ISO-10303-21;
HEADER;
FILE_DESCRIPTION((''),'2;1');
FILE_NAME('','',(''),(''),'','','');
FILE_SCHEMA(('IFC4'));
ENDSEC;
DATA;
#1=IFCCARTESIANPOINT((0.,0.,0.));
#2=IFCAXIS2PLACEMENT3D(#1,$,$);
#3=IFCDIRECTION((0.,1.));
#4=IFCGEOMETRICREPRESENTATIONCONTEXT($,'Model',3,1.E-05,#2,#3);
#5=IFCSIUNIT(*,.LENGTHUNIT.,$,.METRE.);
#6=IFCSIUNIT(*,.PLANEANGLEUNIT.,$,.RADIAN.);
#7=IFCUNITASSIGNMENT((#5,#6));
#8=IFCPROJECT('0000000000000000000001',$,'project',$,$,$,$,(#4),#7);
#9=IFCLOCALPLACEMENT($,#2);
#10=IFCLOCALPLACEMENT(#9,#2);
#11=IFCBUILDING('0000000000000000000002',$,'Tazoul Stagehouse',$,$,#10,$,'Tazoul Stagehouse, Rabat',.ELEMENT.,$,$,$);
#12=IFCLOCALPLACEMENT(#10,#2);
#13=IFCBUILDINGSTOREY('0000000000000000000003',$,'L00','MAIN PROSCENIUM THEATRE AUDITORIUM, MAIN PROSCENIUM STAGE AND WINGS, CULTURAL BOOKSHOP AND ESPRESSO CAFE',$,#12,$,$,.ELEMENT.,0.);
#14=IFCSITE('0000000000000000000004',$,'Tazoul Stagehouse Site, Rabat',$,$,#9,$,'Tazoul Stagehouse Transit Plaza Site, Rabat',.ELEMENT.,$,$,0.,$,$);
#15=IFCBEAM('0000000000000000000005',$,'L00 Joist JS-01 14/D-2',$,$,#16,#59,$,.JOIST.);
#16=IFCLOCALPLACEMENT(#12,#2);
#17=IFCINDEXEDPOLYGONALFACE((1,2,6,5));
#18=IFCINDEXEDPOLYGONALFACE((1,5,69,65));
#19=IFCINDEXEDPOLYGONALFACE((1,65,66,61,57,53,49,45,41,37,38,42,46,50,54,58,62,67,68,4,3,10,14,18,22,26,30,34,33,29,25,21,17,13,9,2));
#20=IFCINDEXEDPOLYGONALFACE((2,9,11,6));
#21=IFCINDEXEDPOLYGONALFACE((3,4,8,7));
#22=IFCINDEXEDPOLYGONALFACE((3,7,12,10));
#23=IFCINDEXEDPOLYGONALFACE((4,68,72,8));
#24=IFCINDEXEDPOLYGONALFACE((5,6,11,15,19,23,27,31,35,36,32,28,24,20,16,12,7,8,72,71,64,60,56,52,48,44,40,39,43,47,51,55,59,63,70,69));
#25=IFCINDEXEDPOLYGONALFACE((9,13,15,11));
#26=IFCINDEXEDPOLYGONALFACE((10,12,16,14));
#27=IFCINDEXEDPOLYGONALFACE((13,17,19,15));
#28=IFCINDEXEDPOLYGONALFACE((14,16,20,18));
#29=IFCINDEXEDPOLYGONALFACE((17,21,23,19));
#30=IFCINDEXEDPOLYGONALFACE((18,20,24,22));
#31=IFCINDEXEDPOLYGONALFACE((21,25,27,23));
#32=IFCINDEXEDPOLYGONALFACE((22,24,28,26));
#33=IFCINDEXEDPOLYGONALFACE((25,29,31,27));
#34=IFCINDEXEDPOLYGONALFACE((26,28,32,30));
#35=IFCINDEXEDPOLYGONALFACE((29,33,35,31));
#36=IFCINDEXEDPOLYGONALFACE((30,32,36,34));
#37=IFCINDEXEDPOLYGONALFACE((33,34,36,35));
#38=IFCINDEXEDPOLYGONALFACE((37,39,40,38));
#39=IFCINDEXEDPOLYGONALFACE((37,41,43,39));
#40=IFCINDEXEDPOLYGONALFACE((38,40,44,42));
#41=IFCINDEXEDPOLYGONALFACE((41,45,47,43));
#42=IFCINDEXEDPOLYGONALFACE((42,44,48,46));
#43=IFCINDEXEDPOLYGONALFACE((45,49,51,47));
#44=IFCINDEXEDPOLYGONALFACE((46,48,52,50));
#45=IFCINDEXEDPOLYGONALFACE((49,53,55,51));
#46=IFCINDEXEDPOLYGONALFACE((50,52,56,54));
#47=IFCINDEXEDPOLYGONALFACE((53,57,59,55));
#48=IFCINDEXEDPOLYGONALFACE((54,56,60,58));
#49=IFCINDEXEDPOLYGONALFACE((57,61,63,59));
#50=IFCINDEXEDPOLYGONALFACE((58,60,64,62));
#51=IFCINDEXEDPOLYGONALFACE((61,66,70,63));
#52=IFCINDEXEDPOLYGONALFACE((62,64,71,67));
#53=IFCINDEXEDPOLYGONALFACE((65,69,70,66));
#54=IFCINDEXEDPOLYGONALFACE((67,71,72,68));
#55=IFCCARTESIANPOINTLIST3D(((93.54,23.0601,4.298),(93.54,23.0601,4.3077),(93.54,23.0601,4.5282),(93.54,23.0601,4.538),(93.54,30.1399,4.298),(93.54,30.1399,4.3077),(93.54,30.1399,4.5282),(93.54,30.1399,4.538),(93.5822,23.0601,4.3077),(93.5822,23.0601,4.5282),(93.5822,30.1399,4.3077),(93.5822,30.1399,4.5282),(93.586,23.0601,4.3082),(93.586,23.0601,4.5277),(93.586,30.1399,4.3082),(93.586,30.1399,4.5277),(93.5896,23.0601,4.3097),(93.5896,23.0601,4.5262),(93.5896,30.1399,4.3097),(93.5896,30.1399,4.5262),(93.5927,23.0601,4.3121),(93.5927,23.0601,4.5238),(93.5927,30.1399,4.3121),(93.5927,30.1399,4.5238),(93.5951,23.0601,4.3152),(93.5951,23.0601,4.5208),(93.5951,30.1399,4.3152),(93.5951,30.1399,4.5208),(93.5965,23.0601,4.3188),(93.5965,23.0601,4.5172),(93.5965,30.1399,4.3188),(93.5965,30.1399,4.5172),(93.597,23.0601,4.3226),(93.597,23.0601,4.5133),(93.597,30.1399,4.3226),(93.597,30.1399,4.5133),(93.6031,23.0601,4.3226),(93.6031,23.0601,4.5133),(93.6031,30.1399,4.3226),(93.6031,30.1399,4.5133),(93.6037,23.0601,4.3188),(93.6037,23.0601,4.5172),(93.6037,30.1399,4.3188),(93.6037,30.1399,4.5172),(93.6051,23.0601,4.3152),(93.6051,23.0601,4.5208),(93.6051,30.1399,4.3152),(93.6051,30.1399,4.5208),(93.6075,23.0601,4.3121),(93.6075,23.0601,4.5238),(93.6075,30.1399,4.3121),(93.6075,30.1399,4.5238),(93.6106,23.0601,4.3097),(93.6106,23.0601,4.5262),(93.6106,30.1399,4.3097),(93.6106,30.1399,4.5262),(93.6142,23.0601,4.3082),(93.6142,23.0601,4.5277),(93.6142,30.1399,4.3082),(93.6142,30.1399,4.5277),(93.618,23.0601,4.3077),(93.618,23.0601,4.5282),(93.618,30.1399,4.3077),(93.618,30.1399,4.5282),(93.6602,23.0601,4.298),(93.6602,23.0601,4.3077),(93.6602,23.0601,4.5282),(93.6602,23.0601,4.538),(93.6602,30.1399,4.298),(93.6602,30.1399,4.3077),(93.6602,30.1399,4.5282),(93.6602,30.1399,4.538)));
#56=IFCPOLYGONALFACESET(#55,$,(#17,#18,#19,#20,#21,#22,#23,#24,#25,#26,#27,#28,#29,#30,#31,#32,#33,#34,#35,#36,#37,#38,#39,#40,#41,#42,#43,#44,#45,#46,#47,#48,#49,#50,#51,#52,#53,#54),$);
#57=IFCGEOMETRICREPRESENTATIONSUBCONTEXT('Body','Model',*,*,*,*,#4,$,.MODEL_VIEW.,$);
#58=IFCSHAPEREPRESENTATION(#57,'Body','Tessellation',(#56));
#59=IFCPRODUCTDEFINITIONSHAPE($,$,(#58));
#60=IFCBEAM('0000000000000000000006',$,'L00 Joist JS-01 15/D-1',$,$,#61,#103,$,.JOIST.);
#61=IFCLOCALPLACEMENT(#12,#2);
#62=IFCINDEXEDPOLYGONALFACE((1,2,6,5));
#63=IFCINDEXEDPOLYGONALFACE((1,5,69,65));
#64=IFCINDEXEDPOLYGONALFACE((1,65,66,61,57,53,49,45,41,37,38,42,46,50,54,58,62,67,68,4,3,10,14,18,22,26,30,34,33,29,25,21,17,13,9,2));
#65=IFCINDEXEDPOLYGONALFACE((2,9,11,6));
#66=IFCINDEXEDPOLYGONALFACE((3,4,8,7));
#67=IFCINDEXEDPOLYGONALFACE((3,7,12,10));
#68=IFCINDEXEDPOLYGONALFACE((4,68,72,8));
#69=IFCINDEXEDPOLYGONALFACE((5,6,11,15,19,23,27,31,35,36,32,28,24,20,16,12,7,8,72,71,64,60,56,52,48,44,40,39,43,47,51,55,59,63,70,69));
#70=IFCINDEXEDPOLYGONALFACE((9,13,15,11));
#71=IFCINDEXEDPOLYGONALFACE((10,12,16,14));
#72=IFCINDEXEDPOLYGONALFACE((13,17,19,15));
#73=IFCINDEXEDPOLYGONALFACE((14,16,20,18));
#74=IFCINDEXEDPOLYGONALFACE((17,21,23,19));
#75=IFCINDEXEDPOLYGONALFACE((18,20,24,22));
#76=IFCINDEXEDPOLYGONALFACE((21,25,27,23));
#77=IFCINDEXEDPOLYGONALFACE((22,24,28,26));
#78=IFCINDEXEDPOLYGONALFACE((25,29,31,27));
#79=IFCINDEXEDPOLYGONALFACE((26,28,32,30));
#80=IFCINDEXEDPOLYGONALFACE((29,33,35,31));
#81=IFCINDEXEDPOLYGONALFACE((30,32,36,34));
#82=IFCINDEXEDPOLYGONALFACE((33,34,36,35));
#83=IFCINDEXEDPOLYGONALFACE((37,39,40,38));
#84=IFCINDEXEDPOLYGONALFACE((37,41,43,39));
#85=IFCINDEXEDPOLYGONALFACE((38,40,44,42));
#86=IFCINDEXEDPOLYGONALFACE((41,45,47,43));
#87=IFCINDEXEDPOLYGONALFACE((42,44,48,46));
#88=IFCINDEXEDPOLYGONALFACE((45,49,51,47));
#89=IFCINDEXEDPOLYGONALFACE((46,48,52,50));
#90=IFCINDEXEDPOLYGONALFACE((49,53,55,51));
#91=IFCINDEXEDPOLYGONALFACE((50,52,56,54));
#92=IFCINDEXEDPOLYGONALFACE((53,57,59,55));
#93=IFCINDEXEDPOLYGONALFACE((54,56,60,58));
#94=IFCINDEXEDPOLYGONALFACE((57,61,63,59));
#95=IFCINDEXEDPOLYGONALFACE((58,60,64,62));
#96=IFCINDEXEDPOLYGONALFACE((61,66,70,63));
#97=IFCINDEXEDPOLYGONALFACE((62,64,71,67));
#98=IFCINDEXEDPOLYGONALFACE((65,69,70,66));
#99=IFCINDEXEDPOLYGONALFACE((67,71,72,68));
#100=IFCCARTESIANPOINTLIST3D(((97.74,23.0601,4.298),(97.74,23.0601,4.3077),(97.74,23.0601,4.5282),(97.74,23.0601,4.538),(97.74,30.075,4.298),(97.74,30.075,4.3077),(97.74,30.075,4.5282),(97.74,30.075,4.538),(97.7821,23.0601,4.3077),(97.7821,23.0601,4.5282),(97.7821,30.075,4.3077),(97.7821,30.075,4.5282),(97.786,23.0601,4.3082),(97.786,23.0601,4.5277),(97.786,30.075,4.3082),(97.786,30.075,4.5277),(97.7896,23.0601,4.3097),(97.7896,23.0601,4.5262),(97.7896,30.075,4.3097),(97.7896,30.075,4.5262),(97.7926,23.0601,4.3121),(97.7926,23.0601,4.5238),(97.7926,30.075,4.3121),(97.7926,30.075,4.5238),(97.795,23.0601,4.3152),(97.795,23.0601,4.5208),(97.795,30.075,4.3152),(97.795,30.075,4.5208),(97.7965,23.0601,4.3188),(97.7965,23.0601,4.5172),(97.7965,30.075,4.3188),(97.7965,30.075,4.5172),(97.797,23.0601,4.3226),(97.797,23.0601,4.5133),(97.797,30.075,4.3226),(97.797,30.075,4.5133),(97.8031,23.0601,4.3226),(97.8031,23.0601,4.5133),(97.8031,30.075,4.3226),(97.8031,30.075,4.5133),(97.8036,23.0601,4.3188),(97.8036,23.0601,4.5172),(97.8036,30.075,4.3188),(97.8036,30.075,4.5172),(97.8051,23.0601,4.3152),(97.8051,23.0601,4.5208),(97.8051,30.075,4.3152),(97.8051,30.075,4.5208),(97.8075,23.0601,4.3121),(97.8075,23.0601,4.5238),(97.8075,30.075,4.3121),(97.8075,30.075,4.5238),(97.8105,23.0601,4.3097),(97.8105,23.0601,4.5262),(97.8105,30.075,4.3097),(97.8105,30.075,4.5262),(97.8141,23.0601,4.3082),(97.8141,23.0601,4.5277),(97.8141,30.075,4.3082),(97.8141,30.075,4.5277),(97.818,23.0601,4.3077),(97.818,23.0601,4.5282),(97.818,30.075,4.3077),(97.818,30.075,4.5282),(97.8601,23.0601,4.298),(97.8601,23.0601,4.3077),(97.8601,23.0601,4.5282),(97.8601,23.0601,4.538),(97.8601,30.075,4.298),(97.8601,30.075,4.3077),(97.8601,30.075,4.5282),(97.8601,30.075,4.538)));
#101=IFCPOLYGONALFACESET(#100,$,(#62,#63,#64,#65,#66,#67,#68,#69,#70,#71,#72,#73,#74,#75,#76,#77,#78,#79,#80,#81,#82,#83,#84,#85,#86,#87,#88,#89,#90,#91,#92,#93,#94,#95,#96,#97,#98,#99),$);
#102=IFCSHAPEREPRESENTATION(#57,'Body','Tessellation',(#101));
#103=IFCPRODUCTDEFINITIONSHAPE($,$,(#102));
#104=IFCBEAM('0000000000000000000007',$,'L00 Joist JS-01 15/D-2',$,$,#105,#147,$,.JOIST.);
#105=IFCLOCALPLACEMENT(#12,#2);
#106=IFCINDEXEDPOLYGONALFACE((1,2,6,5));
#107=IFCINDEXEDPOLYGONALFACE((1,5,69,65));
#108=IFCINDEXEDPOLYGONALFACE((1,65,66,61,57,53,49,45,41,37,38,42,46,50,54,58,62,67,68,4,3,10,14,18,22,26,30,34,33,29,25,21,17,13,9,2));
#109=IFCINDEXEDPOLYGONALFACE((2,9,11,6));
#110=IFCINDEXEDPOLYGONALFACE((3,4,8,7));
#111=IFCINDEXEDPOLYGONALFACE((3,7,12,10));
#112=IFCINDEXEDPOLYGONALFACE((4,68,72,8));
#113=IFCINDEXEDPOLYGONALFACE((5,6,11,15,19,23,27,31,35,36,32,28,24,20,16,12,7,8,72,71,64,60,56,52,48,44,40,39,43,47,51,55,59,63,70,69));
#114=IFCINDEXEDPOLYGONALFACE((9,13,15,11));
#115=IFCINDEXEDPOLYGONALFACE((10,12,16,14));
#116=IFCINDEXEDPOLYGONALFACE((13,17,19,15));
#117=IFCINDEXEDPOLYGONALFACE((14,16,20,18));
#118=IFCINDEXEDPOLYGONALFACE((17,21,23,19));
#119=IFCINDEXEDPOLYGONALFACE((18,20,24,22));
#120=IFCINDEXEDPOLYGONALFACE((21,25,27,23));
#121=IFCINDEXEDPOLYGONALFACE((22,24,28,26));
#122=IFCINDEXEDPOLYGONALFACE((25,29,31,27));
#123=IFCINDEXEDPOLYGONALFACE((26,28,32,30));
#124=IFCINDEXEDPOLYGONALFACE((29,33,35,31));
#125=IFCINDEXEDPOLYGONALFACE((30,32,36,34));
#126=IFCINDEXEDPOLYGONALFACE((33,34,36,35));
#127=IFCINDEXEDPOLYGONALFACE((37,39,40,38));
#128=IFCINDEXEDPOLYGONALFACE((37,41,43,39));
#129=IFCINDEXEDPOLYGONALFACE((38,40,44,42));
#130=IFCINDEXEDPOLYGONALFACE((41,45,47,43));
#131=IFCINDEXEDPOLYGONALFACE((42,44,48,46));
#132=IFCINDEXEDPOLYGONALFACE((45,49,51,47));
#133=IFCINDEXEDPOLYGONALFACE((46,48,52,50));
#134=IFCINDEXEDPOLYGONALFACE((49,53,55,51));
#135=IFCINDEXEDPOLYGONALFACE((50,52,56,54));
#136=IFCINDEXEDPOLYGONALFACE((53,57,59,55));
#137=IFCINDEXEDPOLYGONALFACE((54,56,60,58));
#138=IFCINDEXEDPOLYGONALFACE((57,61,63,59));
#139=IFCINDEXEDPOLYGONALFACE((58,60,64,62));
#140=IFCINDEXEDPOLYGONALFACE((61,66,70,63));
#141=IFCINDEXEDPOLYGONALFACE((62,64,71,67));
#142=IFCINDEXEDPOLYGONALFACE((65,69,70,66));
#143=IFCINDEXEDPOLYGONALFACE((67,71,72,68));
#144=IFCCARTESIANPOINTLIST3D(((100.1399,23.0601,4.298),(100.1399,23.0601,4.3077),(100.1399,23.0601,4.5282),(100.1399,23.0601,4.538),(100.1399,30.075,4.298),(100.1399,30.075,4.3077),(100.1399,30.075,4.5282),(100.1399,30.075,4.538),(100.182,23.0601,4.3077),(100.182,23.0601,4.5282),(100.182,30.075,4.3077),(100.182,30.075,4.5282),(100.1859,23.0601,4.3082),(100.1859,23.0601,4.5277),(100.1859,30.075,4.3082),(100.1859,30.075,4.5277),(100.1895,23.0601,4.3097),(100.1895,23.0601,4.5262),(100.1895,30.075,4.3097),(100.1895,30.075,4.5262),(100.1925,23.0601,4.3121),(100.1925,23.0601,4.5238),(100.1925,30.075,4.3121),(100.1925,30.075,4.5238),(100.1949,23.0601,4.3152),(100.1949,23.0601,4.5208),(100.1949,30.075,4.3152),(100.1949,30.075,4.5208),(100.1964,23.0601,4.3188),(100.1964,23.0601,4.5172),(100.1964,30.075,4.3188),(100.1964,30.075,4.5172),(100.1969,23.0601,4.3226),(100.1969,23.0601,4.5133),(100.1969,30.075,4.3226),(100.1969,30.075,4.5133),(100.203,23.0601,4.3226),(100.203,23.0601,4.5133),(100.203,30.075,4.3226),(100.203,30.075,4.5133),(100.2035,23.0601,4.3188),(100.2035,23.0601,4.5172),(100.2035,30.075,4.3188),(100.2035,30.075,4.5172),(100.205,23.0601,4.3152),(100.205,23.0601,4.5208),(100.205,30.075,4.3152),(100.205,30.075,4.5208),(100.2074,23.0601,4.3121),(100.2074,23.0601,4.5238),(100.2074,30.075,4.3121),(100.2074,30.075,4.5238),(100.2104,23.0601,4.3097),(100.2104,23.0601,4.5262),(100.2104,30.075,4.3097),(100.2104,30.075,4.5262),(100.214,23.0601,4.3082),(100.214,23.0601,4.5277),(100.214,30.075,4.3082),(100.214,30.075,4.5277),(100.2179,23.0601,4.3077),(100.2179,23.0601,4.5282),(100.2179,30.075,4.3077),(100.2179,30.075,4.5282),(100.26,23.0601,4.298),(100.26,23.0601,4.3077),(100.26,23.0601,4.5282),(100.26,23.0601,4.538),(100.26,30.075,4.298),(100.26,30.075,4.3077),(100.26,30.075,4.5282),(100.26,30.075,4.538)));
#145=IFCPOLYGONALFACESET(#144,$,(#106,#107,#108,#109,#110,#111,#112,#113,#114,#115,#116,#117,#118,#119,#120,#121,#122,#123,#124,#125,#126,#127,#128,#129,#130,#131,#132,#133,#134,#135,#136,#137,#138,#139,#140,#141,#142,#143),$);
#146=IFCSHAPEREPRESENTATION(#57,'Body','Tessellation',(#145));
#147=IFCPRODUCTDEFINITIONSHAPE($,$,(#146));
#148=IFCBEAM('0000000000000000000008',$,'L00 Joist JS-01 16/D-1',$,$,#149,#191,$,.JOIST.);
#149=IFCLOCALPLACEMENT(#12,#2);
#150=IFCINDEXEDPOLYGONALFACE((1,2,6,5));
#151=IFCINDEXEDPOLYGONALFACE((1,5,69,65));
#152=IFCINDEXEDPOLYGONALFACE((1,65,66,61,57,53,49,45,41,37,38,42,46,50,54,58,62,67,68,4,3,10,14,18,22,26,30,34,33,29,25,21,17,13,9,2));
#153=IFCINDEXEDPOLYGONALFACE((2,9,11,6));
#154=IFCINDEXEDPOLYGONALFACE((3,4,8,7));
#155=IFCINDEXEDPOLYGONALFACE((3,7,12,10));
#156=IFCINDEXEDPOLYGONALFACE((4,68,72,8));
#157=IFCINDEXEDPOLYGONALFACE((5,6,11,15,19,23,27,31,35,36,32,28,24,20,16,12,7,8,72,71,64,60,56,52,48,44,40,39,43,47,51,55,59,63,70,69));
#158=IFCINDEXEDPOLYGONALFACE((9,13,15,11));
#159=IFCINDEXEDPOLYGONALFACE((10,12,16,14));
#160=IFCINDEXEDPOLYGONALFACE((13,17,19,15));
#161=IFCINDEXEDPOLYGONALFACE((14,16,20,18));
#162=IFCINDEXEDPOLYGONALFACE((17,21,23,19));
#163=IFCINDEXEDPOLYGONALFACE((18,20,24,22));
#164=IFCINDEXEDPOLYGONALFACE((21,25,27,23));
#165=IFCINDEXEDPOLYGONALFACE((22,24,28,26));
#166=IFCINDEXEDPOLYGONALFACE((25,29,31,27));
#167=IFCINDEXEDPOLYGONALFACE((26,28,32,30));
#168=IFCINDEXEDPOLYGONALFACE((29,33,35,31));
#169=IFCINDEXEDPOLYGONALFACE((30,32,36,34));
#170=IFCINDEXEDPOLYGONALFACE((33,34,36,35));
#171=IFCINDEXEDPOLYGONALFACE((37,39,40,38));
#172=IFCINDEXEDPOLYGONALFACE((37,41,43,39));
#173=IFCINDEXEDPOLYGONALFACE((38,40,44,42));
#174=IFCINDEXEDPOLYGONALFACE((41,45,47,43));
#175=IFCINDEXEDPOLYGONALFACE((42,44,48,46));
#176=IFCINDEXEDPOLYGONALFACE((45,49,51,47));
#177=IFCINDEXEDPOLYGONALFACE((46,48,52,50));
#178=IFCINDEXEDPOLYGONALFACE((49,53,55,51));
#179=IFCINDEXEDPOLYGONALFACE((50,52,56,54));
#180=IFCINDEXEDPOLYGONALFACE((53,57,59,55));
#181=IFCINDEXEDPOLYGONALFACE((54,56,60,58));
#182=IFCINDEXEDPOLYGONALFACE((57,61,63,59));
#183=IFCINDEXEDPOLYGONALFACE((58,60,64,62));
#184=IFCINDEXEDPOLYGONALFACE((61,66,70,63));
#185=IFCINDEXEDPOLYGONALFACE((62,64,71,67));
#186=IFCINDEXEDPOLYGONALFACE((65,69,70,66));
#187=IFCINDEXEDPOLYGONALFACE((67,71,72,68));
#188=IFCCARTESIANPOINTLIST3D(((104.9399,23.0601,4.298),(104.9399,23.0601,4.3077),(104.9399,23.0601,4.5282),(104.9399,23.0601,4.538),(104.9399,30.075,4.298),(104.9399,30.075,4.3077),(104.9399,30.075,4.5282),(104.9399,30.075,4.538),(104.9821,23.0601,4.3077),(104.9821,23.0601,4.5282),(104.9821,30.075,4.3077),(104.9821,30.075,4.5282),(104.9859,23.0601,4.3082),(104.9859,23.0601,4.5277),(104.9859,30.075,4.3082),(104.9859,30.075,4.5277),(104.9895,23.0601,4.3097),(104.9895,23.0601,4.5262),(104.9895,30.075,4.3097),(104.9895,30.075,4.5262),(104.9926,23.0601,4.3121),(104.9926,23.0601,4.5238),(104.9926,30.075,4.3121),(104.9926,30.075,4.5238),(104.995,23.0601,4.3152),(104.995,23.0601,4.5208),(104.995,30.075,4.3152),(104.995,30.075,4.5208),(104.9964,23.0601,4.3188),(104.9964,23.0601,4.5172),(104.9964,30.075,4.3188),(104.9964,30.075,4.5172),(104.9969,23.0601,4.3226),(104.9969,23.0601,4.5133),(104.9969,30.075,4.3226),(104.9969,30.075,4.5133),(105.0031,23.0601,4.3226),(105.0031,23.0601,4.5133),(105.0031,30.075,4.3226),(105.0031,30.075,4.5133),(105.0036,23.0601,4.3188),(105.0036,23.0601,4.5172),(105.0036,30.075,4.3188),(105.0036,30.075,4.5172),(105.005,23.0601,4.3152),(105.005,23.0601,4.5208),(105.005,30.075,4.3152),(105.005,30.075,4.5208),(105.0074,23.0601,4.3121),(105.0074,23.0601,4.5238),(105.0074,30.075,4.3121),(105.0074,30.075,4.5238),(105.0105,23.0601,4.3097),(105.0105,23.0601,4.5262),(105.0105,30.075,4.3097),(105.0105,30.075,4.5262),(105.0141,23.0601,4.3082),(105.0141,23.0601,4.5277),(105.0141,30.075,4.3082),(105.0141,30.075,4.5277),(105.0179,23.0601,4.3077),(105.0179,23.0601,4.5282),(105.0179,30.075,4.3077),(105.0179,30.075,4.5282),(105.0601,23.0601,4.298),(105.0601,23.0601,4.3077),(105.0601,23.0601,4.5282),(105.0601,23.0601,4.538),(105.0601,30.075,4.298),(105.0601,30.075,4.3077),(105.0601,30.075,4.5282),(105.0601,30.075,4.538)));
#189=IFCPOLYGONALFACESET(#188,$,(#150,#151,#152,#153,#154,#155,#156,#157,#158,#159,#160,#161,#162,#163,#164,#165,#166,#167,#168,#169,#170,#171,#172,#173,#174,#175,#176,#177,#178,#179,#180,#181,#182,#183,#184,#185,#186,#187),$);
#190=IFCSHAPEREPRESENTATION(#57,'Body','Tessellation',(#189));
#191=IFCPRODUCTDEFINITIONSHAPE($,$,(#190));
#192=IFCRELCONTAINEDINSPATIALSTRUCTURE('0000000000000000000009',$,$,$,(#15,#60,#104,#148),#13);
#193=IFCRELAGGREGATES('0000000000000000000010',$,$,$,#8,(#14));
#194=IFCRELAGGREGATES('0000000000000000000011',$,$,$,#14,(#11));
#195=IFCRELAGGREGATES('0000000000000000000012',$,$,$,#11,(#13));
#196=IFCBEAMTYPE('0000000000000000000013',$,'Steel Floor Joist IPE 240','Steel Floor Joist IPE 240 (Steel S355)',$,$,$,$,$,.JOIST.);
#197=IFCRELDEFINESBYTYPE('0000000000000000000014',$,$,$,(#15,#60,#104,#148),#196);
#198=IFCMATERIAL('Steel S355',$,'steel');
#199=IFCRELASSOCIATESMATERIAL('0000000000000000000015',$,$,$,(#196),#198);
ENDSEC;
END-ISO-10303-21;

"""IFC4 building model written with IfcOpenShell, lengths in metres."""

from ifc_helpers import new_model, si_unit, direction, frame, origin, origin_2d, place, context, subcontext, project, spatial, i_section, extrude, material, material_profile, profile_set, type_object, element, save


model = new_model("IFC4")

# Units and contexts
model_context = context("Model", 3, precision=1e-05, world=origin(), true_north=direction((0.0, 1.0)))
body_context = subcontext(model_context, "Body", "Model", "MODEL_VIEW")
ifc_project = project(units=[si_unit("LENGTHUNIT", "METRE"), si_unit("PLANEANGLEUNIT", "RADIAN")], contexts=[model_context])

# Site, building, storey
site_placement = place(None, origin())
site = spatial("IfcSite", under=ifc_project, at=site_placement, Name="Tazoul Stagehouse Site, Rabat", LongName="Tazoul Stagehouse Transit Plaza Site, Rabat", CompositionType="ELEMENT", RefElevation=0.0)
building_placement = place(site_placement, origin())
building = spatial("IfcBuilding", under=site, at=building_placement, Name="Tazoul Stagehouse", LongName="Tazoul Stagehouse, Rabat", CompositionType="ELEMENT")
storey_placement = place(building_placement, origin())
storey = spatial("IfcBuildingStorey", under=building, at=storey_placement, Name="L00", Description="MAIN PROSCENIUM THEATRE AUDITORIUM, MAIN PROSCENIUM STAGE AND WINGS, CULTURAL BOOKSHOP AND ESPRESSO CAFE", CompositionType="ELEMENT", Elevation=0.0)

# Shared definitions
ifc_material_1 = material(Name="Steel S355", Category="steel")

# Beams
ifc_material_profile_1 = material_profile(ifc_material_1, i_section(OverallWidth=0.1201, OverallDepth=0.24, WebThickness=0.0061, FlangeThickness=0.0098, FilletRadius=0.0149, at=origin_2d()), Name="IPE 240")
ifc_profile_set_1 = profile_set([ifc_material_profile_1], Name="Steel S355")
beam_type_1 = type_object("IfcBeamType", Name="Steel Floor Joist IPE 240", Description="Steel Floor Joist IPE 240 (Steel S355)", PredefinedType="JOIST", material=ifc_profile_set_1)
beam_1_placement = place(storey_placement, frame((93.6001, 23.0601, 4.418), z_axis=(0.0, 1.0, 0.0), x_axis=(-1.0, 0.0, 0.0)))
element("IfcBeam", 1, at=beam_1_placement, inside=storey, type_object=beam_type_1, Name="L00 Joist JS-01 14/D-2", PredefinedType="JOIST", context=body_context, shape_type="SweptSolid", body=[
    extrude(i_section(OverallWidth=0.1201, OverallDepth=0.24, WebThickness=0.0061, FlangeThickness=0.0098, FilletRadius=0.0149, at=origin_2d()), origin(), (0.0, 0.0, 1.0), 7.0798),
])
for number, where, z_axis, x_axis, name in (
    (2, (97.8, 23.0601, 4.418), (0.0, 1.0, 0.0), (-1.0, 0.0, 0.0), "L00 Joist JS-01 15/D-1"),
    (3, (100.2, 23.0601, 4.418), (0.0, 1.0, 0.0), (-1.0, 0.0, 0.0), "L00 Joist JS-01 15/D-2"),
    (4, (105.0, 23.0601, 4.418), (0.0, 1.0, 0.0), (-1.0, 0.0, 0.0), "L00 Joist JS-01 16/D-1"),
):
    element("IfcBeam", number, at=place(storey_placement, frame(where, z_axis=z_axis, x_axis=x_axis)), inside=storey, type_object=beam_type_1, Name=name, PredefinedType="JOIST", context=body_context, shape_type="SweptSolid", body=[
        extrude(i_section(OverallWidth=0.1201, OverallDepth=0.24, WebThickness=0.0061, FlangeThickness=0.0098, FilletRadius=0.0149, at=origin_2d()), origin(), (0.0, 0.0, 1.0), 7.0149),
    ])

save(model, "model.ifc")
